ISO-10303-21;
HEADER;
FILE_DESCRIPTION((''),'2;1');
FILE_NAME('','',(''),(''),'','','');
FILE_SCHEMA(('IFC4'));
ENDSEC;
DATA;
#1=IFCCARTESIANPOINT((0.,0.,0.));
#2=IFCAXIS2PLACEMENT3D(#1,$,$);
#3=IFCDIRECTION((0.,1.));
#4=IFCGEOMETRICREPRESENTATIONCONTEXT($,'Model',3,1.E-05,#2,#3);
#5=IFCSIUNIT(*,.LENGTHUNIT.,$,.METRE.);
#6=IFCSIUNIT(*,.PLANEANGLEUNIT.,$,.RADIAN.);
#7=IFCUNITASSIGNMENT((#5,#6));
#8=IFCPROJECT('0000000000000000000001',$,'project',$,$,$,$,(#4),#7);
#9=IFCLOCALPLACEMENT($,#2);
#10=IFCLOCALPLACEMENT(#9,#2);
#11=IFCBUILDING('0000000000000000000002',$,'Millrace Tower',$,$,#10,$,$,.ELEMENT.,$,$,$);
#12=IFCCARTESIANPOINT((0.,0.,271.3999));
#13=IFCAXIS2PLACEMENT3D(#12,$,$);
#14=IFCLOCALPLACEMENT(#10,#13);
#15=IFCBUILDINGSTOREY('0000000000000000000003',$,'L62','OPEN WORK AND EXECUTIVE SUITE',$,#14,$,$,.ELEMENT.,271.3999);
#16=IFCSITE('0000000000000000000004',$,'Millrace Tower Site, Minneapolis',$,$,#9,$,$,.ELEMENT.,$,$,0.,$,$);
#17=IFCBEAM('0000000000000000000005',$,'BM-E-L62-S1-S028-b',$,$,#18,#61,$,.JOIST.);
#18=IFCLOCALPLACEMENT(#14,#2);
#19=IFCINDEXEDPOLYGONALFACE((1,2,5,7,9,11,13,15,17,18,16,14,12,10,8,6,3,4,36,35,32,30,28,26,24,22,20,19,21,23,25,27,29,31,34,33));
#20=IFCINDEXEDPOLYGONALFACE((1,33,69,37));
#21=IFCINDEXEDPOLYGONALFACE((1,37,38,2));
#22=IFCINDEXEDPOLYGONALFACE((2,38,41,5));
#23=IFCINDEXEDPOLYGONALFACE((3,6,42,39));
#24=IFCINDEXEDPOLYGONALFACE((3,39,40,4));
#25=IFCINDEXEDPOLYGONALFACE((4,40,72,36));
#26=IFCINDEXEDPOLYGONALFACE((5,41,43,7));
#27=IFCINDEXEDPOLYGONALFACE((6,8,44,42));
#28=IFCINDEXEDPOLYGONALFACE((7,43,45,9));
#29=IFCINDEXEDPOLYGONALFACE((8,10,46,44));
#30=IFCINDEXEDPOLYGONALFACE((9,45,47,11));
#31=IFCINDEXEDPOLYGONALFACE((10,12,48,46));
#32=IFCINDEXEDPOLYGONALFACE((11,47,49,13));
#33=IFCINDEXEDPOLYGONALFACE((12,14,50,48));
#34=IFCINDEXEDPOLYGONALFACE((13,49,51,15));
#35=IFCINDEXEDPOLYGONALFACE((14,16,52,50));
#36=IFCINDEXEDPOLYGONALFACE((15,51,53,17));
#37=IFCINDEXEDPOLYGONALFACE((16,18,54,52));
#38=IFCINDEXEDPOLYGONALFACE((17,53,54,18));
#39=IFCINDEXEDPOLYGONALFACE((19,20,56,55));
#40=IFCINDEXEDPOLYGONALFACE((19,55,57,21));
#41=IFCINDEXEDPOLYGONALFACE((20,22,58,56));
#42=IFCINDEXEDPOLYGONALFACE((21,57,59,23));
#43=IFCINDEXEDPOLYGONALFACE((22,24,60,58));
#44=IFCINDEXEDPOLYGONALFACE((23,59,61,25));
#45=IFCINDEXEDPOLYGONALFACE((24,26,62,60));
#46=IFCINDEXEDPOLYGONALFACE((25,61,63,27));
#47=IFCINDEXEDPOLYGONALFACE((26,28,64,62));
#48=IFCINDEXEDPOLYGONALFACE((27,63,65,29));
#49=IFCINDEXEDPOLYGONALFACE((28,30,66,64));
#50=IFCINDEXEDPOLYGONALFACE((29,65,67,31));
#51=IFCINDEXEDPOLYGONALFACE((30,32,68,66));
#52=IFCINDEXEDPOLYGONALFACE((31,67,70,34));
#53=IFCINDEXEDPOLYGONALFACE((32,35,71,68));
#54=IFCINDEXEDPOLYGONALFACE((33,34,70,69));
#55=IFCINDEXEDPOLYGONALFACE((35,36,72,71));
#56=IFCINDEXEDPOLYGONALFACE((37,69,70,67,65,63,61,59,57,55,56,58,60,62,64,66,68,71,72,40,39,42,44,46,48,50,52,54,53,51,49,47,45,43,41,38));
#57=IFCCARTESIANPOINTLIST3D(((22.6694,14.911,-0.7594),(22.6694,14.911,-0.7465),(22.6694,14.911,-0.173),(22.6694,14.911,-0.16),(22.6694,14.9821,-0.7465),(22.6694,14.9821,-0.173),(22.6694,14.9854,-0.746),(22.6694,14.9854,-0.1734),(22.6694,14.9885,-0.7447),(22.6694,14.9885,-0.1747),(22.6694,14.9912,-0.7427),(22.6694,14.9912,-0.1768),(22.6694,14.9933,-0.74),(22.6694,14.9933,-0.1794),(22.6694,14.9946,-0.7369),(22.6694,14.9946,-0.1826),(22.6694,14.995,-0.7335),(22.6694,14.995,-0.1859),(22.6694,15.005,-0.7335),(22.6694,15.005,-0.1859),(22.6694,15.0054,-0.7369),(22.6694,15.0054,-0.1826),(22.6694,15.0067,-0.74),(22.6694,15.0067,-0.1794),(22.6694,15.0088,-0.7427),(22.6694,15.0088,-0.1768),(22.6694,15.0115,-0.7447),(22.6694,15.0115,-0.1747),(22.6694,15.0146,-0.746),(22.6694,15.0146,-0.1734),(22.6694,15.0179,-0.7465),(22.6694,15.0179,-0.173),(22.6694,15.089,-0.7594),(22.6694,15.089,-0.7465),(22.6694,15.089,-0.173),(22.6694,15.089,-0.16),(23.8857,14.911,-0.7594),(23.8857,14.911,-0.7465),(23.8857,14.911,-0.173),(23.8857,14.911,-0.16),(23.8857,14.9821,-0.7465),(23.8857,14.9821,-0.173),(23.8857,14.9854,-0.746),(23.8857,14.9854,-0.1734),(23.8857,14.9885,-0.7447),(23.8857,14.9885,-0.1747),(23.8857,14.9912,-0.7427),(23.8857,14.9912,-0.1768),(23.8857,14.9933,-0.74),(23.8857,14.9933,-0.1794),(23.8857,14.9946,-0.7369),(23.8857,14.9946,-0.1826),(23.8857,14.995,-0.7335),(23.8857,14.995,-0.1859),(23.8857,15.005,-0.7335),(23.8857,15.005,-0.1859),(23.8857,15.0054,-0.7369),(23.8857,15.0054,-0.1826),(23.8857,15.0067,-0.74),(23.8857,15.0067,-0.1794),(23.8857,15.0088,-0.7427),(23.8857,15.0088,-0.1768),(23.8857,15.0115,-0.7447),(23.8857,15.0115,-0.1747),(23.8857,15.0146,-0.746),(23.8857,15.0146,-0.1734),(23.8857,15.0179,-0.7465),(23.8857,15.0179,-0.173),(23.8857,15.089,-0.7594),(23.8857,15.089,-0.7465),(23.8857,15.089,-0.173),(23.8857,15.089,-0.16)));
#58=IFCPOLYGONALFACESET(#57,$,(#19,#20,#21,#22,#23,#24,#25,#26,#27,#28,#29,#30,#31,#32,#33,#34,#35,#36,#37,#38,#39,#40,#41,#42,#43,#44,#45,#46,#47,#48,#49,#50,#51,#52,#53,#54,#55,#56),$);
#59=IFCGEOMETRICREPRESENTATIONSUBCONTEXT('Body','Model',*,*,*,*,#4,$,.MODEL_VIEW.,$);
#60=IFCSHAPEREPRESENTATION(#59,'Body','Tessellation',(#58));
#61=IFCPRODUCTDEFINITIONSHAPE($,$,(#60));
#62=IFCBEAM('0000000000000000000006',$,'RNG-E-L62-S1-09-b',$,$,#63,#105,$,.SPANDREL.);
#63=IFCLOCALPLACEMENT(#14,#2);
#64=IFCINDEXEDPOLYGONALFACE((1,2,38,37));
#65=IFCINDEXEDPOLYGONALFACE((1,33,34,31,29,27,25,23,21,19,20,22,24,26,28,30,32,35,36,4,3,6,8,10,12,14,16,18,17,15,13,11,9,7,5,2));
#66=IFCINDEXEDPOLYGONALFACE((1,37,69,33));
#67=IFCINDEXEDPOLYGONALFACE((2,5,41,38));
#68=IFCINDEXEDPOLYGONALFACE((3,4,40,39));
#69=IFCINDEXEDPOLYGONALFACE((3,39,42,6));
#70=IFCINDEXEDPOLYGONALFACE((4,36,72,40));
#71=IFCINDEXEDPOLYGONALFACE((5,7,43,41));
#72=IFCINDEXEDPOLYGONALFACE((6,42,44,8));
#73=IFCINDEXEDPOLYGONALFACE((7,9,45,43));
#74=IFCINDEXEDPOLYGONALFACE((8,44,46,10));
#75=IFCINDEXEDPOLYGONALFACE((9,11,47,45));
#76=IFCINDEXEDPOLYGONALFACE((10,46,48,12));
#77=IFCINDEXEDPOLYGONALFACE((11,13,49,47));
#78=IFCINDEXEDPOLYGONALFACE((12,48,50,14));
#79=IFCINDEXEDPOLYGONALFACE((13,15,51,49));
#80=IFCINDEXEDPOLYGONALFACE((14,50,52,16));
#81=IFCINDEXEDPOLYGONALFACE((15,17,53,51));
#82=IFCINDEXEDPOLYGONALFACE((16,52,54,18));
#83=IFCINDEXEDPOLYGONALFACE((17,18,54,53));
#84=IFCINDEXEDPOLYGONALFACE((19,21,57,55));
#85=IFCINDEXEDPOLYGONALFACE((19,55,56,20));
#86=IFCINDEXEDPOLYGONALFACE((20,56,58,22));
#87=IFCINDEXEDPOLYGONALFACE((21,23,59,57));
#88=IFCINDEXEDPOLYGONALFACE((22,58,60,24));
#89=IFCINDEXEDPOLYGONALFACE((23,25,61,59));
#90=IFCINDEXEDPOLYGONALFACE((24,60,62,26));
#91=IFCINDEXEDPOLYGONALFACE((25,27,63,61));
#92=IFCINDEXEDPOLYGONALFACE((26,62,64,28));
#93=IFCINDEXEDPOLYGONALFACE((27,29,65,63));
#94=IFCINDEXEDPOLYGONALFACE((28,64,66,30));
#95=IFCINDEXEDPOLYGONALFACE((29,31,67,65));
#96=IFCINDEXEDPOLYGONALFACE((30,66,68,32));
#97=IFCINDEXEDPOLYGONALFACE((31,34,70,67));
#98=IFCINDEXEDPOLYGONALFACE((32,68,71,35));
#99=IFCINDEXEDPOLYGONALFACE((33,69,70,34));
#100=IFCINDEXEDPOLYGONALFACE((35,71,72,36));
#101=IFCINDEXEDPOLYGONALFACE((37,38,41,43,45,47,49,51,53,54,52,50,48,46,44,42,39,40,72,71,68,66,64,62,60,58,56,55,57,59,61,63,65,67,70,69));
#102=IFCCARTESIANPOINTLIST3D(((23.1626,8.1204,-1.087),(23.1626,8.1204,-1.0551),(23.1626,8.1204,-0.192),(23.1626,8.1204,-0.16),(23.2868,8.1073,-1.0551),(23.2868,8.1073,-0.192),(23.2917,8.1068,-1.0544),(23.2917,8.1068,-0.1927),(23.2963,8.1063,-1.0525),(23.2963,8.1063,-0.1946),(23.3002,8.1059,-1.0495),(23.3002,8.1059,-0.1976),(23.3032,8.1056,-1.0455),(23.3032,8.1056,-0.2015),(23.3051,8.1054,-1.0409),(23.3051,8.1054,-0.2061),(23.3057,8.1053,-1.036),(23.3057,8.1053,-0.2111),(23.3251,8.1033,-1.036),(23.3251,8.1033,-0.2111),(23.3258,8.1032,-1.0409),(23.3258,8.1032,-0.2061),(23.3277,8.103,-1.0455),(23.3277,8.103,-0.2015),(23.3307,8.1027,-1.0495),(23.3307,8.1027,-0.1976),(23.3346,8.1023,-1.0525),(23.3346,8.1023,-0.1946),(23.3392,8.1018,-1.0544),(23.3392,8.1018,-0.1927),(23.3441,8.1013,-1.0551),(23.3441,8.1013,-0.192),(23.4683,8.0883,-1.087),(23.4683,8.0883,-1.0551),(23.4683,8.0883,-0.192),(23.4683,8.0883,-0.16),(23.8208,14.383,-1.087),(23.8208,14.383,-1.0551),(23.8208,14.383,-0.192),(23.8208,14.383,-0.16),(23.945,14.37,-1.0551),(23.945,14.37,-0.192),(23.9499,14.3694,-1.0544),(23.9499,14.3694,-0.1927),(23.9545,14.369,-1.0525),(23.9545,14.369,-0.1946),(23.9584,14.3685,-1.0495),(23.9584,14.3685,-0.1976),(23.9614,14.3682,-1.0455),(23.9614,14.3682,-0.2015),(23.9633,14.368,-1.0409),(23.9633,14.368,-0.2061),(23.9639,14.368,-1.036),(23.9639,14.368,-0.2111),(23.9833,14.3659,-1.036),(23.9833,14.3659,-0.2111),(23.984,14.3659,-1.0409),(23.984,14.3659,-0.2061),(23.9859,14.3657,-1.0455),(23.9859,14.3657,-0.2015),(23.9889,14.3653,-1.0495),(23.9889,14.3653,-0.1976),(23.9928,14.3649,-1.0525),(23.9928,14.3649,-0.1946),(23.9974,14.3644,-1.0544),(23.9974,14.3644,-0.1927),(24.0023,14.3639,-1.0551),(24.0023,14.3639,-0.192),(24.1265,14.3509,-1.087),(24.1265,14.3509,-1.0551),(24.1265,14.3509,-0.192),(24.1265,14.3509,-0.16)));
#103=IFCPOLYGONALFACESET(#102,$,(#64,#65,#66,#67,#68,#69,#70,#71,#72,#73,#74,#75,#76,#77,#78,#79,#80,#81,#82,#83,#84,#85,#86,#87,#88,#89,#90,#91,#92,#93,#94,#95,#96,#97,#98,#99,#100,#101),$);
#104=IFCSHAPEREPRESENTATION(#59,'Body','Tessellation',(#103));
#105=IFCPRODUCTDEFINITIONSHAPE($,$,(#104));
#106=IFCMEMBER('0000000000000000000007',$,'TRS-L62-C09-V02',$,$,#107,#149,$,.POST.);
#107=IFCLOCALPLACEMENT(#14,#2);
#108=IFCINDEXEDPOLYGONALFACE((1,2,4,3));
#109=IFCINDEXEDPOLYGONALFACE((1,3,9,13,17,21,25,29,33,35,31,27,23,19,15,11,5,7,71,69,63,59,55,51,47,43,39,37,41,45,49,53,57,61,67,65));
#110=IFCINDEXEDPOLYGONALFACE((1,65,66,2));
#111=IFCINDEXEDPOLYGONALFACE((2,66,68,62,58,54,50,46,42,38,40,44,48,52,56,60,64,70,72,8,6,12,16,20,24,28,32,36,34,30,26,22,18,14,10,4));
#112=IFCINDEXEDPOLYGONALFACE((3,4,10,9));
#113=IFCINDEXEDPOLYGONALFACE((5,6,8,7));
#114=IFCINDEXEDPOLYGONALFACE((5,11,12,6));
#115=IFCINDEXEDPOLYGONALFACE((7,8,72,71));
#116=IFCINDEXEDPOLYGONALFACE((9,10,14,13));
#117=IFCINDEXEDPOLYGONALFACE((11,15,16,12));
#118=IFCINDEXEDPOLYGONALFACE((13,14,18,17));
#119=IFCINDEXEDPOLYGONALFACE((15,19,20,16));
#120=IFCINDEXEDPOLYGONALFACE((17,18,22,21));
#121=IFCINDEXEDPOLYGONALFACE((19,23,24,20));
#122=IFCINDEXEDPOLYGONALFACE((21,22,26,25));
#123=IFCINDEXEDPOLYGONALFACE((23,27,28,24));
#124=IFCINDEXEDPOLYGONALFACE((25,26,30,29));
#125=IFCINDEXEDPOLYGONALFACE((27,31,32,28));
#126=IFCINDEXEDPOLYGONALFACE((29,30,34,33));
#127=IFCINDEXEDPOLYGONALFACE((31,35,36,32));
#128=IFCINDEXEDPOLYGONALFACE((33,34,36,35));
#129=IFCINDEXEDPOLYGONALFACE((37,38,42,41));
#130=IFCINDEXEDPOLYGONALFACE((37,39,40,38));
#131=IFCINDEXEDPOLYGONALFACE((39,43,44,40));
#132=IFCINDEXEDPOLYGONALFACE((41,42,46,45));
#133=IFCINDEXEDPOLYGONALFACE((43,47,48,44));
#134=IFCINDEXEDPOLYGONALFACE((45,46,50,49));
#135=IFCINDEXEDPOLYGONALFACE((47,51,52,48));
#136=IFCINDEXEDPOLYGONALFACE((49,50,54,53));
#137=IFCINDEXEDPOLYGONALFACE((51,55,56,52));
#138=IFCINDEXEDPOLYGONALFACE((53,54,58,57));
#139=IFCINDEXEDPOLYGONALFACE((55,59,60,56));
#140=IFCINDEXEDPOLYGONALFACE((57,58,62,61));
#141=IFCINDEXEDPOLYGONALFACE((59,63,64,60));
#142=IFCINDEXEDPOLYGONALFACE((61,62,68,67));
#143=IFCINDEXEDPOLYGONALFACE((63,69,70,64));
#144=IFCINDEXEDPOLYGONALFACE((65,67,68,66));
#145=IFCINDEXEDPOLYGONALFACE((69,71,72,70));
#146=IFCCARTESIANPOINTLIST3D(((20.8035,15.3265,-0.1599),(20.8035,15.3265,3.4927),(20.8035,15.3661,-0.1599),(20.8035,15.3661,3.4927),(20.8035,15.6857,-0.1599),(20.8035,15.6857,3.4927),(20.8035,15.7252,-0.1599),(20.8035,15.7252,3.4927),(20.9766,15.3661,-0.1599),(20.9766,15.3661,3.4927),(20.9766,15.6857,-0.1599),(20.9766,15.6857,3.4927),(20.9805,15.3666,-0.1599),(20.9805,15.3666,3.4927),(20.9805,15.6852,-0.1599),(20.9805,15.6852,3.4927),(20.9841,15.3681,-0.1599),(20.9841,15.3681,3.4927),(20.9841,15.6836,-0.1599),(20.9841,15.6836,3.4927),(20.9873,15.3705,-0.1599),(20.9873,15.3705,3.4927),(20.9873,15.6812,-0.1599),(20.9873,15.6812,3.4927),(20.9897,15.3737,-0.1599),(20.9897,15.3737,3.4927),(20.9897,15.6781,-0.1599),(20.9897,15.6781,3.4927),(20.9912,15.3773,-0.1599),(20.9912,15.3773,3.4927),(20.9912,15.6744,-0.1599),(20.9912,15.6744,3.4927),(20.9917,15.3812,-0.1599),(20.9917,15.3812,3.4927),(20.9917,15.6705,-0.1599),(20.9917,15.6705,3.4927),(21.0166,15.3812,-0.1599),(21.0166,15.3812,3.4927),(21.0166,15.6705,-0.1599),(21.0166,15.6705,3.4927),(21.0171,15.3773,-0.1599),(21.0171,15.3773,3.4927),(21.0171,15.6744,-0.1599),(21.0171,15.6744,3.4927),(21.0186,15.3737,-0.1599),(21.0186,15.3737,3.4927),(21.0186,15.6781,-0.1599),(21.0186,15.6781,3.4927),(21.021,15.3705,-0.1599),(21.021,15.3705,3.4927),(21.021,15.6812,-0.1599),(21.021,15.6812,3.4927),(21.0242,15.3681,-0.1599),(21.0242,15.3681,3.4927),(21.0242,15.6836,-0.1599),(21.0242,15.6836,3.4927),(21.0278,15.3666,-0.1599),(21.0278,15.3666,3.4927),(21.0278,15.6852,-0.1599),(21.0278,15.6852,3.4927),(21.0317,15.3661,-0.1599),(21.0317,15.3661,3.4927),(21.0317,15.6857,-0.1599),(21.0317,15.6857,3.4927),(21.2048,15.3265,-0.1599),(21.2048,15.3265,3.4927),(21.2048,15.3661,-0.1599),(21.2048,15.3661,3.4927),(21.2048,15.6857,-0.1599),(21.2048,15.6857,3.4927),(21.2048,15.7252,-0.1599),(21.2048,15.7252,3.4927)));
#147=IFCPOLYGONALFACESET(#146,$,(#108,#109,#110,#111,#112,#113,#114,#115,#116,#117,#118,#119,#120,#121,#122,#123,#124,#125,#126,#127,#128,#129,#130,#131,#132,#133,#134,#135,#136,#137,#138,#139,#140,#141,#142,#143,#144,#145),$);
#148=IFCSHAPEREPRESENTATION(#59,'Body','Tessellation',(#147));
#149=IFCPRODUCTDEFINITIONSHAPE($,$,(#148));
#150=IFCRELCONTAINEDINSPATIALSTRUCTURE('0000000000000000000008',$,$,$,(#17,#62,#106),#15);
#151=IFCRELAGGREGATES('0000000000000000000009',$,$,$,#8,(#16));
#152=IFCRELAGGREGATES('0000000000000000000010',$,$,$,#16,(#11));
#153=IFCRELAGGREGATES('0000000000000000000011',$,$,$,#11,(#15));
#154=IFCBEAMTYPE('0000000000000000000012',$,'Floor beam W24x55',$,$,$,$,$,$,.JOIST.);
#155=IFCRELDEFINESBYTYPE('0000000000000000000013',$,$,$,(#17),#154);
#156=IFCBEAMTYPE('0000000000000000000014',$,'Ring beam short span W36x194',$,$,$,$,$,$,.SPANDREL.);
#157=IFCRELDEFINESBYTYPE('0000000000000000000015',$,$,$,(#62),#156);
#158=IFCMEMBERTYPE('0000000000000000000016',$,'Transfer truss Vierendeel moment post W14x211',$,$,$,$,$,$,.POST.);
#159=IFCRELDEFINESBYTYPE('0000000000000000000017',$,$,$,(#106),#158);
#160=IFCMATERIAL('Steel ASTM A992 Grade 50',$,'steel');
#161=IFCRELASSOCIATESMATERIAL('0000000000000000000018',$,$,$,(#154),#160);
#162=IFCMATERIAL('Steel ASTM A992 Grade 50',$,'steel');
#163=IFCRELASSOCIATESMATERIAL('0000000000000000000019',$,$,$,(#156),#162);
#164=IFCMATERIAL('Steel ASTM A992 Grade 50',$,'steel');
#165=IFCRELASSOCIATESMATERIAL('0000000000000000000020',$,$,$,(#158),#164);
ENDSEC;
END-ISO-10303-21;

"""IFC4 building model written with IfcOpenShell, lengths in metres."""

from ifc_helpers import new_model, si_unit, direction, frame, origin, origin_2d, place, context, subcontext, project, spatial, i_section, extrude, material, material_profile, profile_set, type_object, element, save


model = new_model("IFC4")

# Units and contexts
model_context = context("Model", 3, precision=1e-05, world=origin(), true_north=direction((0.0, 1.0)))
body_context = subcontext(model_context, "Body", "Model", "MODEL_VIEW")
ifc_project = project(units=[si_unit("LENGTHUNIT", "METRE"), si_unit("PLANEANGLEUNIT", "RADIAN")], contexts=[model_context])

# Site, building, storey
site_placement = place(None, origin())
site = spatial("IfcSite", under=ifc_project, at=site_placement, Name="Millrace Tower Site, Minneapolis", CompositionType="ELEMENT", RefElevation=0.0)
building_placement = place(site_placement, origin())
building = spatial("IfcBuilding", under=site, at=building_placement, Name="Millrace Tower", CompositionType="ELEMENT")
storey_placement = place(building_placement, frame((0.0, 0.0, 271.3999)))
storey = spatial("IfcBuildingStorey", under=building, at=storey_placement, Name="L62", Description="OPEN WORK AND EXECUTIVE SUITE", CompositionType="ELEMENT", Elevation=271.3999)

# Beams
ifc_material_1 = material(Name="Steel ASTM A992 Grade 50", Category="steel")
ifc_material_profile_1 = material_profile(ifc_material_1, i_section(OverallWidth=0.178, OverallDepth=0.5994, WebThickness=0.01, FlangeThickness=0.0129, FilletRadius=0.0129, at=origin_2d()))
ifc_profile_set_1 = profile_set([ifc_material_profile_1], Name="Steel ASTM A992 Grade 50")
beam_type_1 = type_object("IfcBeamType", Name="Floor beam W24x55", PredefinedType="JOIST", material=ifc_profile_set_1)
beam_1_placement = place(storey_placement, frame((22.6694, 15.0, -0.4597), z_axis=(1.0, 0.0, 0.0), x_axis=(0.0, 1.0, 0.0)))
element("IfcBeam", 1, at=beam_1_placement, inside=storey, type_object=beam_type_1, Name="BM-E-L62-S1-S028-b", PredefinedType="JOIST", context=body_context, shape_type="SweptSolid", body=[
    extrude(i_section(OverallWidth=0.178, OverallDepth=0.5994, WebThickness=0.01, FlangeThickness=0.0129, FilletRadius=0.0129, at=origin_2d()), origin(), (0.0, 0.0, 1.0), 1.2163),
])
ifc_material_2 = material(Name="Steel ASTM A992 Grade 50", Category="steel")
ifc_material_profile_2 = material_profile(ifc_material_2, i_section(OverallWidth=0.3074, OverallDepth=0.927, WebThickness=0.0195, FlangeThickness=0.032, FilletRadius=0.019, at=origin_2d()))
ifc_profile_set_2 = profile_set([ifc_material_profile_2], Name="Steel ASTM A992 Grade 50")
beam_type_2 = type_object("IfcBeamType", Name="Ring beam short span W36x194", PredefinedType="SPANDREL", material=ifc_profile_set_2)
beam_2_placement = place(storey_placement, frame((23.9736, 14.3669, -0.6235), z_axis=(-0.104523, -0.994522, 0.0), x_axis=(0.994522, -0.104523, 0.0)))
element("IfcBeam", 2, at=beam_2_placement, inside=storey, type_object=beam_type_2, Name="RNG-E-L62-S1-09-b", PredefinedType="SPANDREL", context=body_context, shape_type="SweptSolid", body=[
    extrude(i_section(OverallWidth=0.3074, OverallDepth=0.927, WebThickness=0.0195, FlangeThickness=0.032, FilletRadius=0.019, at=origin_2d()), origin(), (0.0, 0.0, 1.0), 6.2971),
])

# Member
ifc_material_3 = material(Name="Steel ASTM A992 Grade 50", Category="steel")
ifc_material_profile_3 = material_profile(ifc_material_3, i_section(OverallWidth=0.4014, OverallDepth=0.3987, WebThickness=0.0249, FlangeThickness=0.0396, FilletRadius=0.0151, at=origin_2d()))
ifc_profile_set_3 = profile_set([ifc_material_profile_3], Name="Steel ASTM A992 Grade 50")
member_type_1 = type_object("IfcMemberType", Name="Transfer truss Vierendeel moment post W14x211", PredefinedType="POST", material=ifc_profile_set_3)
member_1_placement = place(storey_placement, frame((21.0042, 15.5259, -0.1599), z_axis=(0.0, 0.0, 1.0), x_axis=(1.0, 0.0, 0.0)))
element("IfcMember", 3, at=member_1_placement, inside=storey, type_object=member_type_1, Name="TRS-L62-C09-V02", PredefinedType="POST", context=body_context, shape_type="SweptSolid", body=[
    extrude(i_section(OverallWidth=0.4014, OverallDepth=0.3987, WebThickness=0.0249, FlangeThickness=0.0396, FilletRadius=0.0151, at=origin_2d()), origin(), (0.0, 0.0, 1.0), 3.6526),
])

save(model, "model.ifc")
